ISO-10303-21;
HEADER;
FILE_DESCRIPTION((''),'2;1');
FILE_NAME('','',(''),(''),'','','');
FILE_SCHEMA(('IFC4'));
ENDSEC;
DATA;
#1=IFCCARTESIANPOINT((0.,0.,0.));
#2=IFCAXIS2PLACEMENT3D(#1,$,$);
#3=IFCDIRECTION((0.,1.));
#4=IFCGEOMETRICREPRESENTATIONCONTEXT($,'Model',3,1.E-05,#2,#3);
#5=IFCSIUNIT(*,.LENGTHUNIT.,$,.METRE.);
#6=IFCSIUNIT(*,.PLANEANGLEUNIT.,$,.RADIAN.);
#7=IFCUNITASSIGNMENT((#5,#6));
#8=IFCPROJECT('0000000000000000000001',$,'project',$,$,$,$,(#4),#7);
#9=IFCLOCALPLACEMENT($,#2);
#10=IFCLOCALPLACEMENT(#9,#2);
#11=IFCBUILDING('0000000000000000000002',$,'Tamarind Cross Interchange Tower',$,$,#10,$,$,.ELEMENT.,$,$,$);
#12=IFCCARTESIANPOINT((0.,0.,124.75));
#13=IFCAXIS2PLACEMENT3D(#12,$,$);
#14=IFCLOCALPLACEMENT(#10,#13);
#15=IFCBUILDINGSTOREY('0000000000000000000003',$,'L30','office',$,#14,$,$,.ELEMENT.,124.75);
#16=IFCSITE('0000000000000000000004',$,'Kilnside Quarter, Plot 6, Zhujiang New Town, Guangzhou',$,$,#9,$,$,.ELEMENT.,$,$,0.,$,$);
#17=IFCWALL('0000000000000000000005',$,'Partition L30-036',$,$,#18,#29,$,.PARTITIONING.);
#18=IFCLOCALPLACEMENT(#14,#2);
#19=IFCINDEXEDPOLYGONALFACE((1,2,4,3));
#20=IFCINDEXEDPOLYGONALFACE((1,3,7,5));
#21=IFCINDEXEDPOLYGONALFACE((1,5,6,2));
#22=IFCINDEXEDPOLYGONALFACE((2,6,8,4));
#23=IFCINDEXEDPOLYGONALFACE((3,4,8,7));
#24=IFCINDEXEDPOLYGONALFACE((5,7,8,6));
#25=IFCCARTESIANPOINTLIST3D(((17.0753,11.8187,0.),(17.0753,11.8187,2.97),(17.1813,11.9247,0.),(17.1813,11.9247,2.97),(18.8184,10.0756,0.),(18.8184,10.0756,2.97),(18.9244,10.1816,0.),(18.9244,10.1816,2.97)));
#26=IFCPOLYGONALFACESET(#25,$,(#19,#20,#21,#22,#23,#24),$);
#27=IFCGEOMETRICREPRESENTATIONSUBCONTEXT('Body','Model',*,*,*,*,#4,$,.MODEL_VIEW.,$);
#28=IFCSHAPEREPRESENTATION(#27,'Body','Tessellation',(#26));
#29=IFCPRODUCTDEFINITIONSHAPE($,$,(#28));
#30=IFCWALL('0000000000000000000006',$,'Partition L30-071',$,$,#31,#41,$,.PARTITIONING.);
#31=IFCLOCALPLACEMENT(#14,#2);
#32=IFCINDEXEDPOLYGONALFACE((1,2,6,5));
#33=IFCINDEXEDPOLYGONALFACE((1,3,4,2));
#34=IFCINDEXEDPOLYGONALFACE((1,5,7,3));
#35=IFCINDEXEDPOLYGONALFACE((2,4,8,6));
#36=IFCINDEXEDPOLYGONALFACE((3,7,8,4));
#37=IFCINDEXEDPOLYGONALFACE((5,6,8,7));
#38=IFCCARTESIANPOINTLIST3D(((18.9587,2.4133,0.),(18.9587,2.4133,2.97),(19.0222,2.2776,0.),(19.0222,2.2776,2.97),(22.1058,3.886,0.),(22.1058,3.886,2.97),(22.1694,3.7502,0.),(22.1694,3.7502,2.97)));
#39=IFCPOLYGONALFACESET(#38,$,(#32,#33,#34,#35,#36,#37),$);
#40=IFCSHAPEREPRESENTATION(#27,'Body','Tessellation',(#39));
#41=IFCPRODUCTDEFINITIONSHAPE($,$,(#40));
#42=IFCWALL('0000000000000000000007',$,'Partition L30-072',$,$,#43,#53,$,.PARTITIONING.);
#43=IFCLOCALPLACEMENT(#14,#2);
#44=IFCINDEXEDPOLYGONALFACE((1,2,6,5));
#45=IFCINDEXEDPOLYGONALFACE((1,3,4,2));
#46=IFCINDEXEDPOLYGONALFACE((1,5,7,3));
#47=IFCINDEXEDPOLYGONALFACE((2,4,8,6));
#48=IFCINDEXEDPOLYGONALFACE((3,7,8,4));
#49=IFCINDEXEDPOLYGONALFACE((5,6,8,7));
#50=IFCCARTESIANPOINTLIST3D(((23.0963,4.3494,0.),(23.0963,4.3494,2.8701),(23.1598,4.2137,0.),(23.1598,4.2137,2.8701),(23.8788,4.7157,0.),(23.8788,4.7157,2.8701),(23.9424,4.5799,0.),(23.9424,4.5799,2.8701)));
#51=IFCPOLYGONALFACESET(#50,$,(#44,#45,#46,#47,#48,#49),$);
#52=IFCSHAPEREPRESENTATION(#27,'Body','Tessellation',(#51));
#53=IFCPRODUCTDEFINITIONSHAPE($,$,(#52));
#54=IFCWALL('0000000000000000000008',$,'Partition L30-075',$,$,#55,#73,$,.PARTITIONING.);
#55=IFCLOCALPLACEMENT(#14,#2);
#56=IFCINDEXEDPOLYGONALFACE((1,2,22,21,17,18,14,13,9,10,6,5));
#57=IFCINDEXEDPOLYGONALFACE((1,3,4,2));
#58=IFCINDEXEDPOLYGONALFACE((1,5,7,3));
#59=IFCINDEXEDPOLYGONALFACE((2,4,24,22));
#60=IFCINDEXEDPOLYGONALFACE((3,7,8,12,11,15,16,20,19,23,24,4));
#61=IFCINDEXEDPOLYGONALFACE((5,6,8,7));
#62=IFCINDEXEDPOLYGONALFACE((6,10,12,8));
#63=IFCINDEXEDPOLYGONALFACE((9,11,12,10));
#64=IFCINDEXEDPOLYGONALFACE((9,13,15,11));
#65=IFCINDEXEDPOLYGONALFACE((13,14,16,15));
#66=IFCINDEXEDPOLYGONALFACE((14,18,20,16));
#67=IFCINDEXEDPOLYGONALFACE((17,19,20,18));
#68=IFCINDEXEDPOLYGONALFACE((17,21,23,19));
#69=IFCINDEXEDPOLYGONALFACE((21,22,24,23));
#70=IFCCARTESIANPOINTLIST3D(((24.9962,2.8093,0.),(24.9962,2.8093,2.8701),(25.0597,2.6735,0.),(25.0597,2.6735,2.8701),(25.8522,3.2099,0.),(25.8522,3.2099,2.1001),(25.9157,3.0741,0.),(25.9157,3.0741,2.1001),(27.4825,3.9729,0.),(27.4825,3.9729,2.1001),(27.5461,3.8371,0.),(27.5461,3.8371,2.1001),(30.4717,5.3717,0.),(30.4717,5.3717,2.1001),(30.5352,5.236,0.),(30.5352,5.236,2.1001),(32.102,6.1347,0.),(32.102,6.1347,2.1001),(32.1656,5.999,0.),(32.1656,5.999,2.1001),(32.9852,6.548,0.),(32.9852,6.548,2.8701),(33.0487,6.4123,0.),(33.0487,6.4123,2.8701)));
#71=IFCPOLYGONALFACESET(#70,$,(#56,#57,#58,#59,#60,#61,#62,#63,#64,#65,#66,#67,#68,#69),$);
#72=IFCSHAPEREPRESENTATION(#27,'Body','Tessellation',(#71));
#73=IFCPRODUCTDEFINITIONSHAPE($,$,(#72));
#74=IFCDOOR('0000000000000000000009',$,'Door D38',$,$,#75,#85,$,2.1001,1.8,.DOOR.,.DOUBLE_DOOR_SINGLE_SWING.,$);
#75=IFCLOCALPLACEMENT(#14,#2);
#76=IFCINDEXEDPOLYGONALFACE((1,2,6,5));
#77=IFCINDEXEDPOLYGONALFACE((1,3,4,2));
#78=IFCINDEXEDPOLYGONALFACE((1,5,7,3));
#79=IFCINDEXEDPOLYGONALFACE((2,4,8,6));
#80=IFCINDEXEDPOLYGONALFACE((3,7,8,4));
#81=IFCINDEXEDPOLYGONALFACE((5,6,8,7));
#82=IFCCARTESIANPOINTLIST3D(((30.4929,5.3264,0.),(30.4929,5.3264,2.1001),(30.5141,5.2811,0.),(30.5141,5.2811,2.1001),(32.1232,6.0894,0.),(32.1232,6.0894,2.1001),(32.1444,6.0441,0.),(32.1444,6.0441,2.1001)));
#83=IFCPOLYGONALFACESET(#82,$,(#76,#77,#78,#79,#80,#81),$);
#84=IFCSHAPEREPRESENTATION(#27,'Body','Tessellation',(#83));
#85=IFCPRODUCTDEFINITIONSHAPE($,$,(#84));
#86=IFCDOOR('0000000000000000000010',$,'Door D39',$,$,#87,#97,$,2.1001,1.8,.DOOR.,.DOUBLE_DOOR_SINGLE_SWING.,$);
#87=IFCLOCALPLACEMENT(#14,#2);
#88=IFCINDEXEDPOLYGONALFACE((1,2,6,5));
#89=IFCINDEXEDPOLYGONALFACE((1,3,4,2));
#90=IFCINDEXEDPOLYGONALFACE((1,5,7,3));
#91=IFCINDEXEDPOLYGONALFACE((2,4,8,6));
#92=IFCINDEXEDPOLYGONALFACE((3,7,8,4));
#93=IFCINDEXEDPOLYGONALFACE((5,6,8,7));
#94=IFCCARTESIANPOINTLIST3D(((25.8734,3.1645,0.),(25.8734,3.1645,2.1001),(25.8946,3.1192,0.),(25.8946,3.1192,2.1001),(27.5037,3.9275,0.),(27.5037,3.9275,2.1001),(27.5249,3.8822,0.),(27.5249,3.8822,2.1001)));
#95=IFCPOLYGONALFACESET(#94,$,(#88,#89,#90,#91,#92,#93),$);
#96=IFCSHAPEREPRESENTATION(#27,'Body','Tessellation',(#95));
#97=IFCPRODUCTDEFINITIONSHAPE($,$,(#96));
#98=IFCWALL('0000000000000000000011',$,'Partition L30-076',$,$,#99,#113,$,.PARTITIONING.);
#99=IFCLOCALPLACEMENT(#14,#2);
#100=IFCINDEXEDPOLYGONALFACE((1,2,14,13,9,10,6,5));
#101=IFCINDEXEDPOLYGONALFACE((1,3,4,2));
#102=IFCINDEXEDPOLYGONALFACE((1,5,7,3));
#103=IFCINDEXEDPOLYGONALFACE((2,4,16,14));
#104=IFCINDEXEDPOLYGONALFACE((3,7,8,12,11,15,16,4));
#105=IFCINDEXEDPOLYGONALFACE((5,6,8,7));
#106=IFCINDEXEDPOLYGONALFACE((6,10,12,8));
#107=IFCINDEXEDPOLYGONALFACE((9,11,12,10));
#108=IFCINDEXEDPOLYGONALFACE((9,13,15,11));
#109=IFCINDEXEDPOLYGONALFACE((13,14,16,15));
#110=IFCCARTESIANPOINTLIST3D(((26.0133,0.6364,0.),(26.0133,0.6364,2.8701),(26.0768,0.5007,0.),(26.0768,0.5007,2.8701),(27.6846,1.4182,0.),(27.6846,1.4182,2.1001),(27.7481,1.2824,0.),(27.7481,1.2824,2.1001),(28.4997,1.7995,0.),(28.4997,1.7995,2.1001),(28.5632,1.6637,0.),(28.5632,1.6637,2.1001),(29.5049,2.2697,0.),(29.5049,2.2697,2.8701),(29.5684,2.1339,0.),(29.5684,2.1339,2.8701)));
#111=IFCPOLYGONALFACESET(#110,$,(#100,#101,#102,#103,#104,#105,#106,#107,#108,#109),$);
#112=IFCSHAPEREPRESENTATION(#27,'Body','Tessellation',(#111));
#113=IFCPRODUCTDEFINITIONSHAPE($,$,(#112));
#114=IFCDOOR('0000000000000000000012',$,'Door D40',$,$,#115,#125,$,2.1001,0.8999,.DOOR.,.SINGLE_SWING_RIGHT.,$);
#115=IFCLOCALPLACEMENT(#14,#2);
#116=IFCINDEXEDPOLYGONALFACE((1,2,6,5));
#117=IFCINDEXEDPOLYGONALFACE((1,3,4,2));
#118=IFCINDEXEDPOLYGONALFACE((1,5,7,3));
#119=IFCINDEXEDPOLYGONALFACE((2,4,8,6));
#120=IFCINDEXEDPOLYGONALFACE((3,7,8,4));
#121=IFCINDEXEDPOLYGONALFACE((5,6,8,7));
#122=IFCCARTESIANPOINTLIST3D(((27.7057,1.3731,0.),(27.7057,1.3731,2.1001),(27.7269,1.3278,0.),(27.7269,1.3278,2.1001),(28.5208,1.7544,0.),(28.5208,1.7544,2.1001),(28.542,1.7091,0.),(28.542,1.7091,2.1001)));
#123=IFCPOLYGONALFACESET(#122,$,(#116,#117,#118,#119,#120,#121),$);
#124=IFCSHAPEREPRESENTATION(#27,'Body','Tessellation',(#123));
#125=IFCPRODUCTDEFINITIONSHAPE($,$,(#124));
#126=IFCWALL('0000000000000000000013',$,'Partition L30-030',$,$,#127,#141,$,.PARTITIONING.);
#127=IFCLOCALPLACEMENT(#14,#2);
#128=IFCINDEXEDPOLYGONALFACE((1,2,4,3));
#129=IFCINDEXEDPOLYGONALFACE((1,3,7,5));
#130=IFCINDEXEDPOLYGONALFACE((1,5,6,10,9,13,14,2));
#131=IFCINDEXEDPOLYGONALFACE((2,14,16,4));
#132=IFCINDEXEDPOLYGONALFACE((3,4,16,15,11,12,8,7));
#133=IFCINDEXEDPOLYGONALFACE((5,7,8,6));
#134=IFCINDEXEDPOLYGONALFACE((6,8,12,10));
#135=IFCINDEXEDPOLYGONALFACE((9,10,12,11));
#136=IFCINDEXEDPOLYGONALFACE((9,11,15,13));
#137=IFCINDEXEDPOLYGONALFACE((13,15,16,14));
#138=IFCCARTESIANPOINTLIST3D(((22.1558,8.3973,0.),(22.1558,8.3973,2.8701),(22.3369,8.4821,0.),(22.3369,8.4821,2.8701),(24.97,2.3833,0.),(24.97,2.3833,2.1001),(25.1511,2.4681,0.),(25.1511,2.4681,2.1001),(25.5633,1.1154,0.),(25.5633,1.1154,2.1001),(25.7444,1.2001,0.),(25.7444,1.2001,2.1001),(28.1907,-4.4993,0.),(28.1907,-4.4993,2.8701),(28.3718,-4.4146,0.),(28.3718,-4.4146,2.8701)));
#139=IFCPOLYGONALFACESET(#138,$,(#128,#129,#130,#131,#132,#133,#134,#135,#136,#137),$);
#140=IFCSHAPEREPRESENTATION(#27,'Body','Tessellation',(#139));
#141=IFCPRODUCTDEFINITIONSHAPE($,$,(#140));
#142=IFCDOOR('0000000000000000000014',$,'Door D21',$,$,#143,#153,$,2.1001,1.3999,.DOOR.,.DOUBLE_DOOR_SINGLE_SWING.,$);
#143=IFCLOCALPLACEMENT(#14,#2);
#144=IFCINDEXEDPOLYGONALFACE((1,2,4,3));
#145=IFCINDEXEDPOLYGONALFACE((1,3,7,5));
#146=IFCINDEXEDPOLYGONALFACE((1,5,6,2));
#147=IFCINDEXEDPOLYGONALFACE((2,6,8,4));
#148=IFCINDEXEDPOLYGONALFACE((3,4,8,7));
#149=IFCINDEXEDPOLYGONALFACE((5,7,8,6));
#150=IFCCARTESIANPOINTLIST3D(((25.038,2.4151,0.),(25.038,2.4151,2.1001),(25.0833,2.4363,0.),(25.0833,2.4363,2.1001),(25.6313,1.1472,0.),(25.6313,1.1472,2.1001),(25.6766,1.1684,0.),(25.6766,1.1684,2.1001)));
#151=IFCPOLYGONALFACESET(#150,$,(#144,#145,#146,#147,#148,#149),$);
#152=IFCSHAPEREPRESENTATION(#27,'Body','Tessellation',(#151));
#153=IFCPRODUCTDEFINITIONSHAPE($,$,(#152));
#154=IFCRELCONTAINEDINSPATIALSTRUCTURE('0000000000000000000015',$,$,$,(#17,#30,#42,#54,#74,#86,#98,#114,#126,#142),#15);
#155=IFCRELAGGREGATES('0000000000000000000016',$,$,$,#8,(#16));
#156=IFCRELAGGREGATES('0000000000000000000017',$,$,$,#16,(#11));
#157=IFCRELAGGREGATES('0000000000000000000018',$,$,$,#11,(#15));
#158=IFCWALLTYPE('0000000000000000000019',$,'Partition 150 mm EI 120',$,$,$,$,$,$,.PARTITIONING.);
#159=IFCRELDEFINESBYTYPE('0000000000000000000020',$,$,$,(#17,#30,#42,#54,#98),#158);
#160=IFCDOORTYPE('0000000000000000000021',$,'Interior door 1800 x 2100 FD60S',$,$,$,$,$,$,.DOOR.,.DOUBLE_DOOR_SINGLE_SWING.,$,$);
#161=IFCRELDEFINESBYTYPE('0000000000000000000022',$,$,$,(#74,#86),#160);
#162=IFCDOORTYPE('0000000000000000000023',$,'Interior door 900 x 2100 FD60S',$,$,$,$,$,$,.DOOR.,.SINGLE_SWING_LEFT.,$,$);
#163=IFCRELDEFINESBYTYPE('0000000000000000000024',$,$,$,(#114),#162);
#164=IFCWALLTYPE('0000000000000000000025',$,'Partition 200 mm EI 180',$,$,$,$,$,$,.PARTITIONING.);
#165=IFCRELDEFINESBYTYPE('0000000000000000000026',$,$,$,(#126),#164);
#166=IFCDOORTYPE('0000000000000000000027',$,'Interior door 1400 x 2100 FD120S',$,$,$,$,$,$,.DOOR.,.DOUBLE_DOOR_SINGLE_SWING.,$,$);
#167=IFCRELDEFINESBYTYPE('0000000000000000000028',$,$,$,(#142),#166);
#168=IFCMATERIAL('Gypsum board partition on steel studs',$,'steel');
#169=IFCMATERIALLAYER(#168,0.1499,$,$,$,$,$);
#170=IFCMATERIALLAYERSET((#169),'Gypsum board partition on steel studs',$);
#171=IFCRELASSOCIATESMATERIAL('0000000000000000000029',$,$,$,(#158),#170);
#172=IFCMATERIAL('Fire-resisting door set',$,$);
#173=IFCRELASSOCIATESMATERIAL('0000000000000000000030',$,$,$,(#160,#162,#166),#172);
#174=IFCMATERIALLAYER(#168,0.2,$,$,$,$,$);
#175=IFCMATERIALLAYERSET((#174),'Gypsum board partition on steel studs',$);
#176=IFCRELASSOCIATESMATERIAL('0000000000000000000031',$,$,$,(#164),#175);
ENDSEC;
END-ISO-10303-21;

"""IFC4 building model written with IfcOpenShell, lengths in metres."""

from ifc_helpers import new_model, si_unit, direction, frame, frame_2d, origin, place, context, subcontext, project, spatial, rectangle, extrude, material, layer, layer_set, type_object, element, fill, save


model = new_model("IFC4")

# Units and contexts
model_context = context("Model", 3, precision=1e-05, world=origin(), true_north=direction((0.0, 1.0)))
body_context = subcontext(model_context, "Body", "Model", "MODEL_VIEW")
ifc_project = project(units=[si_unit("LENGTHUNIT", "METRE"), si_unit("PLANEANGLEUNIT", "RADIAN")], contexts=[model_context])

# Site, building, storey
site_placement = place(None, origin())
site = spatial("IfcSite", under=ifc_project, at=site_placement, Name="Kilnside Quarter, Plot 6, Zhujiang New Town, Guangzhou", CompositionType="ELEMENT", RefElevation=0.0)
building_placement = place(site_placement, origin())
building = spatial("IfcBuilding", under=site, at=building_placement, Name="Tamarind Cross Interchange Tower", CompositionType="ELEMENT")
storey_placement = place(building_placement, frame((0.0, 0.0, 124.75)))
storey = spatial("IfcBuildingStorey", under=building, at=storey_placement, Name="L30", Description="office", CompositionType="ELEMENT", Elevation=124.75)

# Walls
ifc_material_1 = material(Name="Gypsum board partition on steel studs", Category="steel")
ifc_layer_1 = layer(ifc_material_1, 0.1499)
ifc_layer_set_1 = layer_set([ifc_layer_1], Name="Gypsum board partition on steel studs")
wall_type_1 = type_object("IfcWallType", Name="Partition 150 mm EI 120", PredefinedType="PARTITIONING", material=ifc_layer_set_1)
wall_1_placement = place(storey_placement, frame((17.1284, 11.8716, 0.0), z_axis=(0.0, 0.0, 1.0), x_axis=(0.707107, -0.707107, 0.0)))
element("IfcWall", 1, at=wall_1_placement, inside=storey, type_object=wall_type_1, Name="Partition L30-036", PredefinedType="PARTITIONING", context=body_context, shape_type="SweptSolid", body=[
    extrude(rectangle(XDim=2.4651, YDim=0.1499, at=frame_2d((1.2324, 0.0))), origin(), (0.0, 0.0, 1.0), 2.97),
])
wall_2_placement = place(storey_placement, frame((18.9905, 2.3455, 0.0), z_axis=(0.0, 0.0, 1.0), x_axis=(0.905746, 0.42382, 0.0)))
element("IfcWall", 2, at=wall_2_placement, inside=storey, type_object=wall_type_1, Name="Partition L30-071", PredefinedType="PARTITIONING", context=body_context, shape_type="SweptSolid", body=[
    extrude(rectangle(XDim=3.4746, YDim=0.1499, at=frame_2d((1.7373, 0.0))), origin(), (0.0, 0.0, 1.0), 2.97),
])
wall_3_placement = place(storey_placement, frame((23.1279, 4.2815, 0.0), z_axis=(0.0, 0.0, 1.0), x_axis=(0.905713, 0.423891, 0.0)))
element("IfcWall", 3, at=wall_3_placement, inside=storey, type_object=wall_type_1, Name="Partition L30-072", PredefinedType="PARTITIONING", context=body_context, shape_type="SweptSolid", body=[
    extrude(rectangle(XDim=0.864, YDim=0.1499, at=frame_2d((0.4321, 0.0))), origin(), (0.0, 0.0, 1.0), 2.8701),
])

# Wall, openings, doors
wall_4_placement = place(storey_placement, frame((25.0281, 2.7415, 0.0), z_axis=(0.0, 0.0, 1.0), x_axis=(0.905724, 0.423869, 0.0)))
wall_4 = element("IfcWall", 4, at=wall_4_placement, inside=storey, type_object=wall_type_1, Name="Partition L30-075", PredefinedType="PARTITIONING", context=body_context, shape_type="SweptSolid", body=[
    extrude(rectangle(XDim=8.8206, YDim=0.1499, at=frame_2d((4.4102, 0.0))), origin(), (0.0, 0.0, 1.0), 2.8701),
])
opening_1_placement = place(wall_4_placement, frame((6.0454, 0.0, 0.0)))
opening_1 = element("IfcOpeningElement", 5, at=opening_1_placement, cuts=wall_4, PredefinedType="OPENING", context=body_context, shape_type="SweptSolid", body=[
    extrude(rectangle(XDim=1.8, YDim=2.1001, at=frame_2d((0.8999, 1.05))), frame((0.0, 0.085, 0.0), z_axis=(0.0, -1.0, 0.0), x_axis=(1.0, 0.0, 0.0)), (0.0, 0.0, 1.0), 0.1699),
])
opening_2_placement = place(wall_4_placement, frame((0.9451, 0.0, 0.0)))
opening_2 = element("IfcOpeningElement", 6, at=opening_2_placement, cuts=wall_4, PredefinedType="OPENING", context=body_context, shape_type="SweptSolid", body=[
    extrude(rectangle(XDim=1.8, YDim=2.1001, at=frame_2d((0.8999, 1.05))), frame((0.0, 0.085, 0.0), z_axis=(0.0, -1.0, 0.0), x_axis=(1.0, 0.0, 0.0)), (0.0, 0.0, 1.0), 0.1699),
])
ifc_material_2 = material(Name="Fire-resisting door set")
door_type_1 = type_object("IfcDoorType", Name="Interior door 1800 x 2100 FD60S", OperationType="DOUBLE_DOOR_SINGLE_SWING", PredefinedType="DOOR", material=ifc_material_2)
door_1_placement = place(opening_1_placement, origin())
door_1 = element("IfcDoor", 7, at=door_1_placement, inside=storey, type_object=door_type_1, Name="Door D38", OperationType="DOUBLE_DOOR_SINGLE_SWING", OverallHeight=2.1001, OverallWidth=1.8, PredefinedType="DOOR", context=body_context, shape_type="SweptSolid", body=[
    extrude(rectangle(XDim=1.8, YDim=2.1001, at=frame_2d((0.8999, 1.05))), frame((0.0, 0.0249, 0.0), z_axis=(0.0, -1.0, 0.0), x_axis=(1.0, 0.0, 0.0)), (0.0, 0.0, 1.0), 0.05),
])
fill(opening_1, door_1)
door_2_placement = place(opening_2_placement, origin())
door_2 = element("IfcDoor", 8, at=door_2_placement, inside=storey, type_object=door_type_1, Name="Door D39", OperationType="DOUBLE_DOOR_SINGLE_SWING", OverallHeight=2.1001, OverallWidth=1.8, PredefinedType="DOOR", context=body_context, shape_type="SweptSolid", body=[
    extrude(rectangle(XDim=1.8, YDim=2.1001, at=frame_2d((0.8999, 1.05))), frame((0.0, 0.0249, 0.0), z_axis=(0.0, -1.0, 0.0), x_axis=(1.0, 0.0, 0.0)), (0.0, 0.0, 1.0), 0.05),
])
fill(opening_2, door_2)

# Walls, openings, doors
wall_5_placement = place(storey_placement, frame((26.0452, 0.5686, 0.0), z_axis=(0.0, 0.0, 1.0), x_axis=(0.905801, 0.423704, 0.0)))
wall_5 = element("IfcWall", 9, at=wall_5_placement, inside=storey, type_object=wall_type_1, Name="Partition L30-076", PredefinedType="PARTITIONING", context=body_context, shape_type="SweptSolid", body=[
    extrude(rectangle(XDim=3.8547, YDim=0.1499, at=frame_2d((1.9272, 0.0))), origin(), (0.0, 0.0, 1.0), 2.8701),
])
opening_3_placement = place(wall_5_placement, frame((1.845, 0.0, 0.0)))
opening_3 = element("IfcOpeningElement", 10, at=opening_3_placement, cuts=wall_5, PredefinedType="OPENING", context=body_context, shape_type="SweptSolid", body=[
    extrude(rectangle(XDim=0.8999, YDim=2.1001, at=frame_2d((0.45, 1.05))), frame((0.0, 0.085, 0.0), z_axis=(0.0, -1.0, 0.0), x_axis=(1.0, 0.0, 0.0)), (0.0, 0.0, 1.0), 0.1699),
])
door_type_2 = type_object("IfcDoorType", Name="Interior door 900 x 2100 FD60S", OperationType="SINGLE_SWING_LEFT", PredefinedType="DOOR", material=ifc_material_2)
door_3_placement = place(opening_3_placement, frame((0.8999, 0.0, 0.0), z_axis=(0.0, 0.0, 1.0), x_axis=(-1.0, 0.0, 0.0)))
door_3 = element("IfcDoor", 11, at=door_3_placement, inside=storey, type_object=door_type_2, Name="Door D40", OperationType="SINGLE_SWING_RIGHT", OverallHeight=2.1001, OverallWidth=0.8999, PredefinedType="DOOR", context=body_context, shape_type="SweptSolid", body=[
    extrude(rectangle(XDim=0.8999, YDim=2.1001, at=frame_2d((0.45, 1.05))), frame((0.0, 0.0249, 0.0), z_axis=(0.0, -1.0, 0.0), x_axis=(1.0, 0.0, 0.0)), (0.0, 0.0, 1.0), 0.05),
])
fill(opening_3, door_3)
ifc_layer_2 = layer(ifc_material_1, 0.2)
ifc_layer_set_2 = layer_set([ifc_layer_2], Name="Gypsum board partition on steel studs")
wall_type_2 = type_object("IfcWallType", Name="Partition 200 mm EI 180", PredefinedType="PARTITIONING", material=ifc_layer_set_2)
wall_6_placement = place(storey_placement, frame((22.2463, 8.4397, 0.0), z_axis=(0.0, 0.0, 1.0), x_axis=(0.423833, -0.90574, 0.0)))
wall_6 = element("IfcWall", 12, at=wall_6_placement, inside=storey, type_object=wall_type_2, Name="Partition L30-030", PredefinedType="PARTITIONING", context=body_context, shape_type="SweptSolid", body=[
    extrude(rectangle(XDim=14.2388, YDim=0.2, at=frame_2d((7.1194, 0.0))), origin(), (0.0, 0.0, 1.0), 2.8701),
])
opening_4_placement = place(wall_6_placement, frame((6.6399, 0.0, 0.0)))
opening_4 = element("IfcOpeningElement", 13, at=opening_4_placement, cuts=wall_6, PredefinedType="OPENING", context=body_context, shape_type="SweptSolid", body=[
    extrude(rectangle(XDim=1.3999, YDim=2.1001, at=frame_2d((0.7, 1.05))), frame((0.0, 0.1099, 0.0), z_axis=(0.0, -1.0, 0.0), x_axis=(1.0, 0.0, 0.0)), (0.0, 0.0, 1.0), 0.22),
])
door_type_3 = type_object("IfcDoorType", Name="Interior door 1400 x 2100 FD120S", OperationType="DOUBLE_DOOR_SINGLE_SWING", PredefinedType="DOOR", material=ifc_material_2)
door_4_placement = place(opening_4_placement, frame((1.3999, 0.0, 0.0), z_axis=(0.0, 0.0, 1.0), x_axis=(-1.0, 0.0, 0.0)))
door_4 = element("IfcDoor", 14, at=door_4_placement, inside=storey, type_object=door_type_3, Name="Door D21", OperationType="DOUBLE_DOOR_SINGLE_SWING", OverallHeight=2.1001, OverallWidth=1.3999, PredefinedType="DOOR", context=body_context, shape_type="SweptSolid", body=[
    extrude(rectangle(XDim=1.3999, YDim=2.1001, at=frame_2d((0.7, 1.05))), frame((0.0, 0.0249, 0.0), z_axis=(0.0, -1.0, 0.0), x_axis=(1.0, 0.0, 0.0)), (0.0, 0.0, 1.0), 0.05),
])
fill(opening_4, door_4)

save(model, "model.ifc")
